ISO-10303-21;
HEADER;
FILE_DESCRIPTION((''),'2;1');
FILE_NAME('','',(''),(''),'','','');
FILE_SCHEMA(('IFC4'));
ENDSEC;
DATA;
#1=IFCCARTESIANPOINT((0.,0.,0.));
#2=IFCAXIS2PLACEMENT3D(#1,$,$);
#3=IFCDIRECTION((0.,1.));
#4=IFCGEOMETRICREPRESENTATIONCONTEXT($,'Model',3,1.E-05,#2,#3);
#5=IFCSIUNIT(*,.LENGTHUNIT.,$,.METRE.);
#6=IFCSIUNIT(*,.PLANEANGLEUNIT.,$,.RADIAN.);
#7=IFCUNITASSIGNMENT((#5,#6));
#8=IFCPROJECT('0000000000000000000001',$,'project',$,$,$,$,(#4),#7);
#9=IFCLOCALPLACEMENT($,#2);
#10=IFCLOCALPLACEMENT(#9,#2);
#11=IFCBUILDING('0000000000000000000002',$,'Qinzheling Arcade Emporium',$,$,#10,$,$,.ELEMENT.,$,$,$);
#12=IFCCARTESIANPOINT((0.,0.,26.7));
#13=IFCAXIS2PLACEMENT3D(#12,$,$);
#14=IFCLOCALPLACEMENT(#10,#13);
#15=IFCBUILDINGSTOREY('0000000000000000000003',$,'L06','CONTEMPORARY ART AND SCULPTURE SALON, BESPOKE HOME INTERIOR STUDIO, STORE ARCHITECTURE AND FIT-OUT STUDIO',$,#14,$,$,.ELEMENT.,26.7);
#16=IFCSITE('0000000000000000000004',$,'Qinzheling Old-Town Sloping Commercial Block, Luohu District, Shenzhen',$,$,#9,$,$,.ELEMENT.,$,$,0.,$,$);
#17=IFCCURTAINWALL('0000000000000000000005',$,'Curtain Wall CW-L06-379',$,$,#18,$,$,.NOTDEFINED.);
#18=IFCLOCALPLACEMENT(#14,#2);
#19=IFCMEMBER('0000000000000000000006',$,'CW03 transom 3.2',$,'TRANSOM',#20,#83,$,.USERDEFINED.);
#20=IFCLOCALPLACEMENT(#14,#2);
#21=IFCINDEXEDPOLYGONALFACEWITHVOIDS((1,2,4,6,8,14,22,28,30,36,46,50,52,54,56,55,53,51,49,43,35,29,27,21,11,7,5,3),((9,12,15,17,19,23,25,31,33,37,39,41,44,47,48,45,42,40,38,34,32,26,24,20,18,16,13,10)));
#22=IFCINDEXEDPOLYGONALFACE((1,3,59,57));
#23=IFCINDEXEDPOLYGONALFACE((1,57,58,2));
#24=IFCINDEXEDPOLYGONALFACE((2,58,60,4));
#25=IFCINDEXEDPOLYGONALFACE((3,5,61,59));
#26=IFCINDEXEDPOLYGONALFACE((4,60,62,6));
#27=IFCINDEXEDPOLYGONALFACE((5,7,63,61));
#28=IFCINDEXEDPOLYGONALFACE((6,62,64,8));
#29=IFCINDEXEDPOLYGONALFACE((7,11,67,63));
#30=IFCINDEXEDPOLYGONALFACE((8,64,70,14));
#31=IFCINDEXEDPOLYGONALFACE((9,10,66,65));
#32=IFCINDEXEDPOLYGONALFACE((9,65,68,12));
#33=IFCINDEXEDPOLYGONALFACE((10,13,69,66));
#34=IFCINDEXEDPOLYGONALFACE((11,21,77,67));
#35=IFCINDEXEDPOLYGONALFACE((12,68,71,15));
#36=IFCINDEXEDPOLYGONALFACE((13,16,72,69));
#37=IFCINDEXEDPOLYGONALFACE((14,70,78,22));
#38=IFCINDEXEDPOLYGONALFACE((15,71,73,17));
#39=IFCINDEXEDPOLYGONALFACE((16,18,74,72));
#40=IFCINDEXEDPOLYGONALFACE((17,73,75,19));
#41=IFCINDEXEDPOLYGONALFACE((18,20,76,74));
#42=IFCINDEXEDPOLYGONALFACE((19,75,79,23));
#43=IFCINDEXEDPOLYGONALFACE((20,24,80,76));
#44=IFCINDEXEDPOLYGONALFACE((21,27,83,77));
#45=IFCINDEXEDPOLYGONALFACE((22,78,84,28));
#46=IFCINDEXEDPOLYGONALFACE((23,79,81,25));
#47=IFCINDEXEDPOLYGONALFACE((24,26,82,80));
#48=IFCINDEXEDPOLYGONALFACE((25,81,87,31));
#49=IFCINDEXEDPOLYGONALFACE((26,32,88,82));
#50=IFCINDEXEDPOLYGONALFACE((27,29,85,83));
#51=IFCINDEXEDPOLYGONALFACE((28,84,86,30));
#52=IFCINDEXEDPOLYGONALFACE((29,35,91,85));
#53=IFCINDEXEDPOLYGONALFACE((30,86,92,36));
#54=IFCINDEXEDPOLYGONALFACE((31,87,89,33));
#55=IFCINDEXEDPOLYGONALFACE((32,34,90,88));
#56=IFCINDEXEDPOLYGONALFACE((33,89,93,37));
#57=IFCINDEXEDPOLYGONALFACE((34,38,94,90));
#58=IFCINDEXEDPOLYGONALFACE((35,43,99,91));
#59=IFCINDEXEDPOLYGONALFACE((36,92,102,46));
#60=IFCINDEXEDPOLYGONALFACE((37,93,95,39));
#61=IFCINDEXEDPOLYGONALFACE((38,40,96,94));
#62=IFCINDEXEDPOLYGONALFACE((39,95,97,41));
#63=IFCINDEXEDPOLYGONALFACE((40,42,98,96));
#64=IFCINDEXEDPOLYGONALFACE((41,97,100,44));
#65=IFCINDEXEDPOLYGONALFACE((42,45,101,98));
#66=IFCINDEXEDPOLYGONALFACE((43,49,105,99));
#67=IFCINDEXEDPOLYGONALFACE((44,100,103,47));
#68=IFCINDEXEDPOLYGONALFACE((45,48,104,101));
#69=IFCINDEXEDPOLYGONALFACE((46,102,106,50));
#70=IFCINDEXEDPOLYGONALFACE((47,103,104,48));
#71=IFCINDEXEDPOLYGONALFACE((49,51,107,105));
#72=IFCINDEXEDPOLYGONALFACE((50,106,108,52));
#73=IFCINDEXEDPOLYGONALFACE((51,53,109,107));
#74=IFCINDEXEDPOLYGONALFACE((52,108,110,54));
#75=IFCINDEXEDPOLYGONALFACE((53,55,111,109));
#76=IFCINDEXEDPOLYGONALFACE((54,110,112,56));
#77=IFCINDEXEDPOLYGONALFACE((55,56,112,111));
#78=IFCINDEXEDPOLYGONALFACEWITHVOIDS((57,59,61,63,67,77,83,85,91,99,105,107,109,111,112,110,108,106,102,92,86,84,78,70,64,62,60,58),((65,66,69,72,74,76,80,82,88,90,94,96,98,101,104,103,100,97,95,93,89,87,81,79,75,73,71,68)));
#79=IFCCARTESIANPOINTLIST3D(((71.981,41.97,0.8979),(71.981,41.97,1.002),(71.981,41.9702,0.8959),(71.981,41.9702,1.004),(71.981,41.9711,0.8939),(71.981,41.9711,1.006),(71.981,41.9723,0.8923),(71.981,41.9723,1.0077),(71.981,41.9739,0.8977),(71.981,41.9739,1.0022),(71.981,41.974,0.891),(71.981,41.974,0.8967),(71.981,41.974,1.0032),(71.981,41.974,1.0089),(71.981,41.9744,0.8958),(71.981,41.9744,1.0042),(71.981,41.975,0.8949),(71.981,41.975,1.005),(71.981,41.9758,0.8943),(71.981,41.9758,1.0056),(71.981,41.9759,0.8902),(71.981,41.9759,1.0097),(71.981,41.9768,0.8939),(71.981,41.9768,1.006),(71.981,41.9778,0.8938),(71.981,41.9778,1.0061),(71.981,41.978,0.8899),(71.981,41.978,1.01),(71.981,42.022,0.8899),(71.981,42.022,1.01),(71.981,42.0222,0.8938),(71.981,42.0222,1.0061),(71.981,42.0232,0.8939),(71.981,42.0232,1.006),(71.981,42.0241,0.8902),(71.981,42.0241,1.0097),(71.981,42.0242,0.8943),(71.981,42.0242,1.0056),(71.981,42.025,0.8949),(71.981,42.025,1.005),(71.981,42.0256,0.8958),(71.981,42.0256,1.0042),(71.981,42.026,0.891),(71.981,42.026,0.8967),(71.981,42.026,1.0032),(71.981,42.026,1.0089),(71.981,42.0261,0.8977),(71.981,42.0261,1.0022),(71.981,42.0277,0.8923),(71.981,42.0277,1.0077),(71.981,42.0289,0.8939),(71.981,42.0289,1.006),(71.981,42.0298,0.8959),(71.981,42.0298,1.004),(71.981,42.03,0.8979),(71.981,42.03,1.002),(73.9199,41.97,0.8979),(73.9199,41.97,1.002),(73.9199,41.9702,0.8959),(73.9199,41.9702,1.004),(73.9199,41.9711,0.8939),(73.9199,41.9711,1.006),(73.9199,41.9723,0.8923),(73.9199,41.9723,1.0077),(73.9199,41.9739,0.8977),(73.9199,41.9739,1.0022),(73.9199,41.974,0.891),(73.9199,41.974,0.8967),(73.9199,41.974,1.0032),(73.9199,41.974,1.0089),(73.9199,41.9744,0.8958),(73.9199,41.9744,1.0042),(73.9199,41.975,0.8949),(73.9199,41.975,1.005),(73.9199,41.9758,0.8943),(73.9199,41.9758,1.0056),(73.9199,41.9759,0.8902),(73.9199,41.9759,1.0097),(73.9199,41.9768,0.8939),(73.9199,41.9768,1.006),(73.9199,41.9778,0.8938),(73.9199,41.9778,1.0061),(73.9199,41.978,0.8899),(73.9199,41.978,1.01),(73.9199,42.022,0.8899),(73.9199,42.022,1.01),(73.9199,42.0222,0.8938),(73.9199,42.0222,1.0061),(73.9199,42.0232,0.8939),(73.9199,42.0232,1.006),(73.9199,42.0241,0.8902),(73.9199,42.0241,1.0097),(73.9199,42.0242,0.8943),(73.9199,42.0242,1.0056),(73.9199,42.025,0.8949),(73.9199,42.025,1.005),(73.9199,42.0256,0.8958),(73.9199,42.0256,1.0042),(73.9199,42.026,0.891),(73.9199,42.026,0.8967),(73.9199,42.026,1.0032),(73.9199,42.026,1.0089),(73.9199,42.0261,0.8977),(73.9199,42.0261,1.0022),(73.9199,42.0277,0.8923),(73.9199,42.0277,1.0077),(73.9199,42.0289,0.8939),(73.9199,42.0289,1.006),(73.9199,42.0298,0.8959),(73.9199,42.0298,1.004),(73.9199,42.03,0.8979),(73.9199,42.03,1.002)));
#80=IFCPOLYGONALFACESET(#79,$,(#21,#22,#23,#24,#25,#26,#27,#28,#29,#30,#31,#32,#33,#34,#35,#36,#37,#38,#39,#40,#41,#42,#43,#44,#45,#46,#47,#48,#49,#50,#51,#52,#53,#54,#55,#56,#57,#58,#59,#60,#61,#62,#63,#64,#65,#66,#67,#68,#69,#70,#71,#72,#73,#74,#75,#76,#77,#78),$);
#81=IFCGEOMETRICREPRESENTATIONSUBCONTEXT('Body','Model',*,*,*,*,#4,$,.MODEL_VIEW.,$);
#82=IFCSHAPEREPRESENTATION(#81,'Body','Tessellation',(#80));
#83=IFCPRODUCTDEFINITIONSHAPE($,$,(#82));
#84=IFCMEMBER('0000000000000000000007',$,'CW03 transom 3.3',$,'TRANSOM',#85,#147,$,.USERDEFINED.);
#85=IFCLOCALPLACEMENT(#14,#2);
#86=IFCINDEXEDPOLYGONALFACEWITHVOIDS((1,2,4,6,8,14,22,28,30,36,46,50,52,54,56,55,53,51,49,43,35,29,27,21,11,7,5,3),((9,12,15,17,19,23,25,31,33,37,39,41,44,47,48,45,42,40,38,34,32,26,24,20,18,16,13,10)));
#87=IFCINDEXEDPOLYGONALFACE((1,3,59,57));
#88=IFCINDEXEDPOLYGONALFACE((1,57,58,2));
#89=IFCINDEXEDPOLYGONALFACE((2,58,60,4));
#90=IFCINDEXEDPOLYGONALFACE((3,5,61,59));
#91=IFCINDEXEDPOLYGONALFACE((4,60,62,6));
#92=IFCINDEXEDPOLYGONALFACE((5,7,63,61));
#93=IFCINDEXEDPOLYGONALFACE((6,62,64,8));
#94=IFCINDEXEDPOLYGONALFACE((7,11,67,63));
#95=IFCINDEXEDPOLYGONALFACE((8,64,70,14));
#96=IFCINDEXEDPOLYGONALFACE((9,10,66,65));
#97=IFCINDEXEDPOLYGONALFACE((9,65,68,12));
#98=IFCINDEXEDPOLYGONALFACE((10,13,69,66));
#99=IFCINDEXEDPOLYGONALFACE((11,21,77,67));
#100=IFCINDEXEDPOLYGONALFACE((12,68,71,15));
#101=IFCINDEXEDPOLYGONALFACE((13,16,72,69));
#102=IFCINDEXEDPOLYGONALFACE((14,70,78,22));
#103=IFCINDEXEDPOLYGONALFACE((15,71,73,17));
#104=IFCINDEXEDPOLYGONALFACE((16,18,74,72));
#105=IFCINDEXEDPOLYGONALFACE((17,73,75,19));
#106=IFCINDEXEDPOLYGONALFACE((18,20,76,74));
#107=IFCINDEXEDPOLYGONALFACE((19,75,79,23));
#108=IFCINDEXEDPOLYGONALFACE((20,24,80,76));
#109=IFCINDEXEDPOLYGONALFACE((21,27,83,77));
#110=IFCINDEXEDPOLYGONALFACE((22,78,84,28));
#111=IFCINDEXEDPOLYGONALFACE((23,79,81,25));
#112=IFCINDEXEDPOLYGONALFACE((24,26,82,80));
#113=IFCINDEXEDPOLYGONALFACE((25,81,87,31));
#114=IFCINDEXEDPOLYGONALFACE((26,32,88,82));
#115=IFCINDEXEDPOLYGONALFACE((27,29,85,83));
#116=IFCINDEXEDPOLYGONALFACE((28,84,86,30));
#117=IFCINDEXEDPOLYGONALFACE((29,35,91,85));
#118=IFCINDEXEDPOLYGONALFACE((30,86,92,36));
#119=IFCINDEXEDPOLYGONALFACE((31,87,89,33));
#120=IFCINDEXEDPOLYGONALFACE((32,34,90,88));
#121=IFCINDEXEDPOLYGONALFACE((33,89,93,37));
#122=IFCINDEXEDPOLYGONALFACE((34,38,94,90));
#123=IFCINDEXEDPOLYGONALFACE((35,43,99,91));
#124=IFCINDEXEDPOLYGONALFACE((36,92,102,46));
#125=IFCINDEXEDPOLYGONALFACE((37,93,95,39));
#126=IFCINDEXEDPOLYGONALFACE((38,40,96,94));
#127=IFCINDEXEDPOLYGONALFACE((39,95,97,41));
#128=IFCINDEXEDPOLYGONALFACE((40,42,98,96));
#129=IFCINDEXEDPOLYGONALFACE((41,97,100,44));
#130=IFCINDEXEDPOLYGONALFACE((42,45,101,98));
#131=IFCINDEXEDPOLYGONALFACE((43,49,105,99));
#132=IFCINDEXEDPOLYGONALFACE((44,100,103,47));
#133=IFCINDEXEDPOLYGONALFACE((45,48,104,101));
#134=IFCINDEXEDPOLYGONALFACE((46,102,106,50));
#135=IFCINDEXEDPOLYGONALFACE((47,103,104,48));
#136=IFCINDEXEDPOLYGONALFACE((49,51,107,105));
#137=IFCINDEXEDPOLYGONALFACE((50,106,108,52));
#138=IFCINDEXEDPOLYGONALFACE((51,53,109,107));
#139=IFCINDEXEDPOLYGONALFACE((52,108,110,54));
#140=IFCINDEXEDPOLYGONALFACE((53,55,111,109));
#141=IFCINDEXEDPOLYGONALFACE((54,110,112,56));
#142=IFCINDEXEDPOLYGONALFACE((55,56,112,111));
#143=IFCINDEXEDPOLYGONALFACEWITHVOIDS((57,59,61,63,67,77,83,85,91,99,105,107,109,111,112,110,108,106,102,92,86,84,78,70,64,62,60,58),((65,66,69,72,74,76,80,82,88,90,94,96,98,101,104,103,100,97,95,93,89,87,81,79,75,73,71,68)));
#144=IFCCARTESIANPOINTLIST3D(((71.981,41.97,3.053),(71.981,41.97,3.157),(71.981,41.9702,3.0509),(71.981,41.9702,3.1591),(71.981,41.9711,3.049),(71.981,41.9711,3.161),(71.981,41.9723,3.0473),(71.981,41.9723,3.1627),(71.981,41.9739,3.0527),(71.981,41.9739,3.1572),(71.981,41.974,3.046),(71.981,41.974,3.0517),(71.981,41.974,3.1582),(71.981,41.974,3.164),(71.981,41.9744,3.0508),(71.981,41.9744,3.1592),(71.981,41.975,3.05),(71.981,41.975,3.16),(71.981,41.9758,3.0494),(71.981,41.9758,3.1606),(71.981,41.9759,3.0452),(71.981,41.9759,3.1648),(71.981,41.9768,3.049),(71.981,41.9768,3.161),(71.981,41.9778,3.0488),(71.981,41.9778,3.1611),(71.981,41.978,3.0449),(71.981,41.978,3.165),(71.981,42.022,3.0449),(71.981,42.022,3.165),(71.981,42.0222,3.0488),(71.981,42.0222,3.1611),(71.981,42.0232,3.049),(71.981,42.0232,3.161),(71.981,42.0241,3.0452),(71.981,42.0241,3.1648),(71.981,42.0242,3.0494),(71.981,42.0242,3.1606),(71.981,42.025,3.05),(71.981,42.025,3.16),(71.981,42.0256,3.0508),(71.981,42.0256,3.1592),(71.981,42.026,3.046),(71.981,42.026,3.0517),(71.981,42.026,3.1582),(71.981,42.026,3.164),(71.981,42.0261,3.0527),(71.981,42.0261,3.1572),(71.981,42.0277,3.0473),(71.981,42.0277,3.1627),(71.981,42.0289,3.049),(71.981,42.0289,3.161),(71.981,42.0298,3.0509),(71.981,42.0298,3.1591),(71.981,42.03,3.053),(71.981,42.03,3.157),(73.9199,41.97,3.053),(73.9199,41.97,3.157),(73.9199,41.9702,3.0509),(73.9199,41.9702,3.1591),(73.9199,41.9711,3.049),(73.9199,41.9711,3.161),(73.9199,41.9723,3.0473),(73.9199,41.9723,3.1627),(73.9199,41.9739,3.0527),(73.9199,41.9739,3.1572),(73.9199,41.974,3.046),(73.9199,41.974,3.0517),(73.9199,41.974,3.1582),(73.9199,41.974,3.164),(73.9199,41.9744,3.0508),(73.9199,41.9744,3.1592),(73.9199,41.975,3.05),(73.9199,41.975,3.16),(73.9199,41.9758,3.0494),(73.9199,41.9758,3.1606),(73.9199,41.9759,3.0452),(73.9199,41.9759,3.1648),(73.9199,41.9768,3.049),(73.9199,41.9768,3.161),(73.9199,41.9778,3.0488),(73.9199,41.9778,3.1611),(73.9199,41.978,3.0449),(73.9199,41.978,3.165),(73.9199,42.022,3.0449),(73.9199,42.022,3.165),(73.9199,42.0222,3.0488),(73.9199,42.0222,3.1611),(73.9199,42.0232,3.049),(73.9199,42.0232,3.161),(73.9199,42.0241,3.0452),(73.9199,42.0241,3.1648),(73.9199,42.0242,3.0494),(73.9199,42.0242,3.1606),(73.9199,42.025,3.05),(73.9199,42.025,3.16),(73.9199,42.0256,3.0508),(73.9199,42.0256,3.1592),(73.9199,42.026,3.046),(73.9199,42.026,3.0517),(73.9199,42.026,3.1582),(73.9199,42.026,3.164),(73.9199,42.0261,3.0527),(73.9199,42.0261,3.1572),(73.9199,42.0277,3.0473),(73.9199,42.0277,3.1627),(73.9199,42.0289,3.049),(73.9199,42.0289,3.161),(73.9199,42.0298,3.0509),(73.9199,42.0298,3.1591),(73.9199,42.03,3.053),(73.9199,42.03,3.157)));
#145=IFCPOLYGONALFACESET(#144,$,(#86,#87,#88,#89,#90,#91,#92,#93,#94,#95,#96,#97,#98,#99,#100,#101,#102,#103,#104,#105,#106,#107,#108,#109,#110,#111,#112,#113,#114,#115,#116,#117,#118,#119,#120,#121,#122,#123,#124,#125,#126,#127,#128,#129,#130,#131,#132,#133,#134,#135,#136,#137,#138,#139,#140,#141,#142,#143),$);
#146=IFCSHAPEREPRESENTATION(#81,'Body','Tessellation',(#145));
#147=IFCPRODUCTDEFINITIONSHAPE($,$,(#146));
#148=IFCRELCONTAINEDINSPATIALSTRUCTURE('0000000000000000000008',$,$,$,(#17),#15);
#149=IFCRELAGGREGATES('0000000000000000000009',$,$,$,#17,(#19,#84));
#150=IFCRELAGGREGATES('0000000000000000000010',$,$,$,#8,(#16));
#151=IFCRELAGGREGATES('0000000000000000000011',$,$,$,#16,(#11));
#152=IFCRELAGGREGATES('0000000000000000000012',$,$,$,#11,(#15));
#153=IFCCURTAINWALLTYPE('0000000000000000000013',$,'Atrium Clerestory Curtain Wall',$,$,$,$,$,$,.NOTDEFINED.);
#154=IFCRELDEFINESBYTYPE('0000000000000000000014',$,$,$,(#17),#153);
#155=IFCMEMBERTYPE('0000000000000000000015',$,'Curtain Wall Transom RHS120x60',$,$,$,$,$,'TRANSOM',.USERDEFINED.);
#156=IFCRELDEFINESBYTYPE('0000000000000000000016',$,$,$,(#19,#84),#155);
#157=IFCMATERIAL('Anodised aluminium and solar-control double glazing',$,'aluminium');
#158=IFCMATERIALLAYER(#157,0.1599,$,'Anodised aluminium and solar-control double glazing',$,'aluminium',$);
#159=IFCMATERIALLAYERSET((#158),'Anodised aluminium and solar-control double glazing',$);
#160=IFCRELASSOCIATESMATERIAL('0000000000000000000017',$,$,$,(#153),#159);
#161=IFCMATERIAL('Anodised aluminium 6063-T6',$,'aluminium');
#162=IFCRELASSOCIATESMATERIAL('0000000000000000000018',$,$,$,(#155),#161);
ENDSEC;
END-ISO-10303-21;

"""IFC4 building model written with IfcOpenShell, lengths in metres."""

from ifc_helpers import new_model, si_unit, direction, frame, origin, origin_2d, place, context, subcontext, project, spatial, hollow_rectangle, extrude, material, layer, layer_set, material_profile, profile_set, type_object, element, aggregate, save


model = new_model("IFC4")

# Units and contexts
model_context = context("Model", 3, precision=1e-05, world=origin(), true_north=direction((0.0, 1.0)))
body_context = subcontext(model_context, "Body", "Model", "MODEL_VIEW")
ifc_project = project(units=[si_unit("LENGTHUNIT", "METRE"), si_unit("PLANEANGLEUNIT", "RADIAN")], contexts=[model_context])

# Site, building, storey
site_placement = place(None, origin())
site = spatial("IfcSite", under=ifc_project, at=site_placement, Name="Qinzheling Old-Town Sloping Commercial Block, Luohu District, Shenzhen", CompositionType="ELEMENT", RefElevation=0.0)
building_placement = place(site_placement, origin())
building = spatial("IfcBuilding", under=site, at=building_placement, Name="Qinzheling Arcade Emporium", CompositionType="ELEMENT")
storey_placement = place(building_placement, frame((0.0, 0.0, 26.7)))
storey = spatial("IfcBuildingStorey", under=building, at=storey_placement, Name="L06", Description="CONTEMPORARY ART AND SCULPTURE SALON, BESPOKE HOME INTERIOR STUDIO, STORE ARCHITECTURE AND FIT-OUT STUDIO", CompositionType="ELEMENT", Elevation=26.7)

# Curtain wall, members
ifc_material_1 = material(Name="Anodised aluminium and solar-control double glazing", Category="aluminium")
ifc_layer_1 = layer(ifc_material_1, 0.1599, Name="Anodised aluminium and solar-control double glazing", Category="aluminium")
ifc_layer_set_1 = layer_set([ifc_layer_1], Name="Anodised aluminium and solar-control double glazing")
curtain_wall_type_1 = type_object("IfcCurtainWallType", Name="Atrium Clerestory Curtain Wall", PredefinedType="NOTDEFINED", material=ifc_layer_set_1)
curtain_wall_1_placement = place(storey_placement, origin())
curtain_wall_1 = element("IfcCurtainWall", 1, at=curtain_wall_1_placement, inside=storey, type_object=curtain_wall_type_1, Name="Curtain Wall CW-L06-379", PredefinedType="NOTDEFINED")
ifc_material_2 = material(Name="Anodised aluminium 6063-T6", Category="aluminium")
ifc_material_profile_1 = material_profile(ifc_material_2, hollow_rectangle(XDim=0.0601, YDim=0.1201, WallThickness=0.0039, InnerFilletRadius=0.0039, OuterFilletRadius=0.0081, at=origin_2d()), Name="RHS 120x60x4", Category="aluminium")
ifc_profile_set_1 = profile_set([ifc_material_profile_1], Name="Anodised aluminium 6063-T6")
member_type_1 = type_object("IfcMemberType", Name="Curtain Wall Transom RHS120x60", ElementType="TRANSOM", PredefinedType="USERDEFINED", material=ifc_profile_set_1)
member_1_placement = place(storey_placement, frame((73.9199, 42.0, 0.95), z_axis=(-1.0, 0.0, 0.0), x_axis=(0.0, -1.0, 0.0)))
member_1 = element("IfcMember", 2, at=member_1_placement, type_object=member_type_1, Name="CW03 transom 3.2", ObjectType="TRANSOM", PredefinedType="USERDEFINED", context=body_context, shape_type="SweptSolid", body=[
    extrude(hollow_rectangle(XDim=0.0601, YDim=0.1201, WallThickness=0.0039, InnerFilletRadius=0.0039, OuterFilletRadius=0.0081, at=origin_2d()), origin(), (0.0, 0.0, 1.0), 1.939),
])
member_2_placement = place(storey_placement, frame((73.9199, 42.0, 3.105), z_axis=(-1.0, 0.0, 0.0), x_axis=(0.0, -1.0, 0.0)))
member_2 = element("IfcMember", 3, at=member_2_placement, type_object=member_type_1, Name="CW03 transom 3.3", ObjectType="TRANSOM", PredefinedType="USERDEFINED", context=body_context, shape_type="SweptSolid", body=[
    extrude(hollow_rectangle(XDim=0.0601, YDim=0.1201, WallThickness=0.0039, InnerFilletRadius=0.0039, OuterFilletRadius=0.0081, at=origin_2d()), origin(), (0.0, 0.0, 1.0), 1.939),
])

aggregate(curtain_wall_1, [member_1, member_2])

save(model, "model.ifc")
